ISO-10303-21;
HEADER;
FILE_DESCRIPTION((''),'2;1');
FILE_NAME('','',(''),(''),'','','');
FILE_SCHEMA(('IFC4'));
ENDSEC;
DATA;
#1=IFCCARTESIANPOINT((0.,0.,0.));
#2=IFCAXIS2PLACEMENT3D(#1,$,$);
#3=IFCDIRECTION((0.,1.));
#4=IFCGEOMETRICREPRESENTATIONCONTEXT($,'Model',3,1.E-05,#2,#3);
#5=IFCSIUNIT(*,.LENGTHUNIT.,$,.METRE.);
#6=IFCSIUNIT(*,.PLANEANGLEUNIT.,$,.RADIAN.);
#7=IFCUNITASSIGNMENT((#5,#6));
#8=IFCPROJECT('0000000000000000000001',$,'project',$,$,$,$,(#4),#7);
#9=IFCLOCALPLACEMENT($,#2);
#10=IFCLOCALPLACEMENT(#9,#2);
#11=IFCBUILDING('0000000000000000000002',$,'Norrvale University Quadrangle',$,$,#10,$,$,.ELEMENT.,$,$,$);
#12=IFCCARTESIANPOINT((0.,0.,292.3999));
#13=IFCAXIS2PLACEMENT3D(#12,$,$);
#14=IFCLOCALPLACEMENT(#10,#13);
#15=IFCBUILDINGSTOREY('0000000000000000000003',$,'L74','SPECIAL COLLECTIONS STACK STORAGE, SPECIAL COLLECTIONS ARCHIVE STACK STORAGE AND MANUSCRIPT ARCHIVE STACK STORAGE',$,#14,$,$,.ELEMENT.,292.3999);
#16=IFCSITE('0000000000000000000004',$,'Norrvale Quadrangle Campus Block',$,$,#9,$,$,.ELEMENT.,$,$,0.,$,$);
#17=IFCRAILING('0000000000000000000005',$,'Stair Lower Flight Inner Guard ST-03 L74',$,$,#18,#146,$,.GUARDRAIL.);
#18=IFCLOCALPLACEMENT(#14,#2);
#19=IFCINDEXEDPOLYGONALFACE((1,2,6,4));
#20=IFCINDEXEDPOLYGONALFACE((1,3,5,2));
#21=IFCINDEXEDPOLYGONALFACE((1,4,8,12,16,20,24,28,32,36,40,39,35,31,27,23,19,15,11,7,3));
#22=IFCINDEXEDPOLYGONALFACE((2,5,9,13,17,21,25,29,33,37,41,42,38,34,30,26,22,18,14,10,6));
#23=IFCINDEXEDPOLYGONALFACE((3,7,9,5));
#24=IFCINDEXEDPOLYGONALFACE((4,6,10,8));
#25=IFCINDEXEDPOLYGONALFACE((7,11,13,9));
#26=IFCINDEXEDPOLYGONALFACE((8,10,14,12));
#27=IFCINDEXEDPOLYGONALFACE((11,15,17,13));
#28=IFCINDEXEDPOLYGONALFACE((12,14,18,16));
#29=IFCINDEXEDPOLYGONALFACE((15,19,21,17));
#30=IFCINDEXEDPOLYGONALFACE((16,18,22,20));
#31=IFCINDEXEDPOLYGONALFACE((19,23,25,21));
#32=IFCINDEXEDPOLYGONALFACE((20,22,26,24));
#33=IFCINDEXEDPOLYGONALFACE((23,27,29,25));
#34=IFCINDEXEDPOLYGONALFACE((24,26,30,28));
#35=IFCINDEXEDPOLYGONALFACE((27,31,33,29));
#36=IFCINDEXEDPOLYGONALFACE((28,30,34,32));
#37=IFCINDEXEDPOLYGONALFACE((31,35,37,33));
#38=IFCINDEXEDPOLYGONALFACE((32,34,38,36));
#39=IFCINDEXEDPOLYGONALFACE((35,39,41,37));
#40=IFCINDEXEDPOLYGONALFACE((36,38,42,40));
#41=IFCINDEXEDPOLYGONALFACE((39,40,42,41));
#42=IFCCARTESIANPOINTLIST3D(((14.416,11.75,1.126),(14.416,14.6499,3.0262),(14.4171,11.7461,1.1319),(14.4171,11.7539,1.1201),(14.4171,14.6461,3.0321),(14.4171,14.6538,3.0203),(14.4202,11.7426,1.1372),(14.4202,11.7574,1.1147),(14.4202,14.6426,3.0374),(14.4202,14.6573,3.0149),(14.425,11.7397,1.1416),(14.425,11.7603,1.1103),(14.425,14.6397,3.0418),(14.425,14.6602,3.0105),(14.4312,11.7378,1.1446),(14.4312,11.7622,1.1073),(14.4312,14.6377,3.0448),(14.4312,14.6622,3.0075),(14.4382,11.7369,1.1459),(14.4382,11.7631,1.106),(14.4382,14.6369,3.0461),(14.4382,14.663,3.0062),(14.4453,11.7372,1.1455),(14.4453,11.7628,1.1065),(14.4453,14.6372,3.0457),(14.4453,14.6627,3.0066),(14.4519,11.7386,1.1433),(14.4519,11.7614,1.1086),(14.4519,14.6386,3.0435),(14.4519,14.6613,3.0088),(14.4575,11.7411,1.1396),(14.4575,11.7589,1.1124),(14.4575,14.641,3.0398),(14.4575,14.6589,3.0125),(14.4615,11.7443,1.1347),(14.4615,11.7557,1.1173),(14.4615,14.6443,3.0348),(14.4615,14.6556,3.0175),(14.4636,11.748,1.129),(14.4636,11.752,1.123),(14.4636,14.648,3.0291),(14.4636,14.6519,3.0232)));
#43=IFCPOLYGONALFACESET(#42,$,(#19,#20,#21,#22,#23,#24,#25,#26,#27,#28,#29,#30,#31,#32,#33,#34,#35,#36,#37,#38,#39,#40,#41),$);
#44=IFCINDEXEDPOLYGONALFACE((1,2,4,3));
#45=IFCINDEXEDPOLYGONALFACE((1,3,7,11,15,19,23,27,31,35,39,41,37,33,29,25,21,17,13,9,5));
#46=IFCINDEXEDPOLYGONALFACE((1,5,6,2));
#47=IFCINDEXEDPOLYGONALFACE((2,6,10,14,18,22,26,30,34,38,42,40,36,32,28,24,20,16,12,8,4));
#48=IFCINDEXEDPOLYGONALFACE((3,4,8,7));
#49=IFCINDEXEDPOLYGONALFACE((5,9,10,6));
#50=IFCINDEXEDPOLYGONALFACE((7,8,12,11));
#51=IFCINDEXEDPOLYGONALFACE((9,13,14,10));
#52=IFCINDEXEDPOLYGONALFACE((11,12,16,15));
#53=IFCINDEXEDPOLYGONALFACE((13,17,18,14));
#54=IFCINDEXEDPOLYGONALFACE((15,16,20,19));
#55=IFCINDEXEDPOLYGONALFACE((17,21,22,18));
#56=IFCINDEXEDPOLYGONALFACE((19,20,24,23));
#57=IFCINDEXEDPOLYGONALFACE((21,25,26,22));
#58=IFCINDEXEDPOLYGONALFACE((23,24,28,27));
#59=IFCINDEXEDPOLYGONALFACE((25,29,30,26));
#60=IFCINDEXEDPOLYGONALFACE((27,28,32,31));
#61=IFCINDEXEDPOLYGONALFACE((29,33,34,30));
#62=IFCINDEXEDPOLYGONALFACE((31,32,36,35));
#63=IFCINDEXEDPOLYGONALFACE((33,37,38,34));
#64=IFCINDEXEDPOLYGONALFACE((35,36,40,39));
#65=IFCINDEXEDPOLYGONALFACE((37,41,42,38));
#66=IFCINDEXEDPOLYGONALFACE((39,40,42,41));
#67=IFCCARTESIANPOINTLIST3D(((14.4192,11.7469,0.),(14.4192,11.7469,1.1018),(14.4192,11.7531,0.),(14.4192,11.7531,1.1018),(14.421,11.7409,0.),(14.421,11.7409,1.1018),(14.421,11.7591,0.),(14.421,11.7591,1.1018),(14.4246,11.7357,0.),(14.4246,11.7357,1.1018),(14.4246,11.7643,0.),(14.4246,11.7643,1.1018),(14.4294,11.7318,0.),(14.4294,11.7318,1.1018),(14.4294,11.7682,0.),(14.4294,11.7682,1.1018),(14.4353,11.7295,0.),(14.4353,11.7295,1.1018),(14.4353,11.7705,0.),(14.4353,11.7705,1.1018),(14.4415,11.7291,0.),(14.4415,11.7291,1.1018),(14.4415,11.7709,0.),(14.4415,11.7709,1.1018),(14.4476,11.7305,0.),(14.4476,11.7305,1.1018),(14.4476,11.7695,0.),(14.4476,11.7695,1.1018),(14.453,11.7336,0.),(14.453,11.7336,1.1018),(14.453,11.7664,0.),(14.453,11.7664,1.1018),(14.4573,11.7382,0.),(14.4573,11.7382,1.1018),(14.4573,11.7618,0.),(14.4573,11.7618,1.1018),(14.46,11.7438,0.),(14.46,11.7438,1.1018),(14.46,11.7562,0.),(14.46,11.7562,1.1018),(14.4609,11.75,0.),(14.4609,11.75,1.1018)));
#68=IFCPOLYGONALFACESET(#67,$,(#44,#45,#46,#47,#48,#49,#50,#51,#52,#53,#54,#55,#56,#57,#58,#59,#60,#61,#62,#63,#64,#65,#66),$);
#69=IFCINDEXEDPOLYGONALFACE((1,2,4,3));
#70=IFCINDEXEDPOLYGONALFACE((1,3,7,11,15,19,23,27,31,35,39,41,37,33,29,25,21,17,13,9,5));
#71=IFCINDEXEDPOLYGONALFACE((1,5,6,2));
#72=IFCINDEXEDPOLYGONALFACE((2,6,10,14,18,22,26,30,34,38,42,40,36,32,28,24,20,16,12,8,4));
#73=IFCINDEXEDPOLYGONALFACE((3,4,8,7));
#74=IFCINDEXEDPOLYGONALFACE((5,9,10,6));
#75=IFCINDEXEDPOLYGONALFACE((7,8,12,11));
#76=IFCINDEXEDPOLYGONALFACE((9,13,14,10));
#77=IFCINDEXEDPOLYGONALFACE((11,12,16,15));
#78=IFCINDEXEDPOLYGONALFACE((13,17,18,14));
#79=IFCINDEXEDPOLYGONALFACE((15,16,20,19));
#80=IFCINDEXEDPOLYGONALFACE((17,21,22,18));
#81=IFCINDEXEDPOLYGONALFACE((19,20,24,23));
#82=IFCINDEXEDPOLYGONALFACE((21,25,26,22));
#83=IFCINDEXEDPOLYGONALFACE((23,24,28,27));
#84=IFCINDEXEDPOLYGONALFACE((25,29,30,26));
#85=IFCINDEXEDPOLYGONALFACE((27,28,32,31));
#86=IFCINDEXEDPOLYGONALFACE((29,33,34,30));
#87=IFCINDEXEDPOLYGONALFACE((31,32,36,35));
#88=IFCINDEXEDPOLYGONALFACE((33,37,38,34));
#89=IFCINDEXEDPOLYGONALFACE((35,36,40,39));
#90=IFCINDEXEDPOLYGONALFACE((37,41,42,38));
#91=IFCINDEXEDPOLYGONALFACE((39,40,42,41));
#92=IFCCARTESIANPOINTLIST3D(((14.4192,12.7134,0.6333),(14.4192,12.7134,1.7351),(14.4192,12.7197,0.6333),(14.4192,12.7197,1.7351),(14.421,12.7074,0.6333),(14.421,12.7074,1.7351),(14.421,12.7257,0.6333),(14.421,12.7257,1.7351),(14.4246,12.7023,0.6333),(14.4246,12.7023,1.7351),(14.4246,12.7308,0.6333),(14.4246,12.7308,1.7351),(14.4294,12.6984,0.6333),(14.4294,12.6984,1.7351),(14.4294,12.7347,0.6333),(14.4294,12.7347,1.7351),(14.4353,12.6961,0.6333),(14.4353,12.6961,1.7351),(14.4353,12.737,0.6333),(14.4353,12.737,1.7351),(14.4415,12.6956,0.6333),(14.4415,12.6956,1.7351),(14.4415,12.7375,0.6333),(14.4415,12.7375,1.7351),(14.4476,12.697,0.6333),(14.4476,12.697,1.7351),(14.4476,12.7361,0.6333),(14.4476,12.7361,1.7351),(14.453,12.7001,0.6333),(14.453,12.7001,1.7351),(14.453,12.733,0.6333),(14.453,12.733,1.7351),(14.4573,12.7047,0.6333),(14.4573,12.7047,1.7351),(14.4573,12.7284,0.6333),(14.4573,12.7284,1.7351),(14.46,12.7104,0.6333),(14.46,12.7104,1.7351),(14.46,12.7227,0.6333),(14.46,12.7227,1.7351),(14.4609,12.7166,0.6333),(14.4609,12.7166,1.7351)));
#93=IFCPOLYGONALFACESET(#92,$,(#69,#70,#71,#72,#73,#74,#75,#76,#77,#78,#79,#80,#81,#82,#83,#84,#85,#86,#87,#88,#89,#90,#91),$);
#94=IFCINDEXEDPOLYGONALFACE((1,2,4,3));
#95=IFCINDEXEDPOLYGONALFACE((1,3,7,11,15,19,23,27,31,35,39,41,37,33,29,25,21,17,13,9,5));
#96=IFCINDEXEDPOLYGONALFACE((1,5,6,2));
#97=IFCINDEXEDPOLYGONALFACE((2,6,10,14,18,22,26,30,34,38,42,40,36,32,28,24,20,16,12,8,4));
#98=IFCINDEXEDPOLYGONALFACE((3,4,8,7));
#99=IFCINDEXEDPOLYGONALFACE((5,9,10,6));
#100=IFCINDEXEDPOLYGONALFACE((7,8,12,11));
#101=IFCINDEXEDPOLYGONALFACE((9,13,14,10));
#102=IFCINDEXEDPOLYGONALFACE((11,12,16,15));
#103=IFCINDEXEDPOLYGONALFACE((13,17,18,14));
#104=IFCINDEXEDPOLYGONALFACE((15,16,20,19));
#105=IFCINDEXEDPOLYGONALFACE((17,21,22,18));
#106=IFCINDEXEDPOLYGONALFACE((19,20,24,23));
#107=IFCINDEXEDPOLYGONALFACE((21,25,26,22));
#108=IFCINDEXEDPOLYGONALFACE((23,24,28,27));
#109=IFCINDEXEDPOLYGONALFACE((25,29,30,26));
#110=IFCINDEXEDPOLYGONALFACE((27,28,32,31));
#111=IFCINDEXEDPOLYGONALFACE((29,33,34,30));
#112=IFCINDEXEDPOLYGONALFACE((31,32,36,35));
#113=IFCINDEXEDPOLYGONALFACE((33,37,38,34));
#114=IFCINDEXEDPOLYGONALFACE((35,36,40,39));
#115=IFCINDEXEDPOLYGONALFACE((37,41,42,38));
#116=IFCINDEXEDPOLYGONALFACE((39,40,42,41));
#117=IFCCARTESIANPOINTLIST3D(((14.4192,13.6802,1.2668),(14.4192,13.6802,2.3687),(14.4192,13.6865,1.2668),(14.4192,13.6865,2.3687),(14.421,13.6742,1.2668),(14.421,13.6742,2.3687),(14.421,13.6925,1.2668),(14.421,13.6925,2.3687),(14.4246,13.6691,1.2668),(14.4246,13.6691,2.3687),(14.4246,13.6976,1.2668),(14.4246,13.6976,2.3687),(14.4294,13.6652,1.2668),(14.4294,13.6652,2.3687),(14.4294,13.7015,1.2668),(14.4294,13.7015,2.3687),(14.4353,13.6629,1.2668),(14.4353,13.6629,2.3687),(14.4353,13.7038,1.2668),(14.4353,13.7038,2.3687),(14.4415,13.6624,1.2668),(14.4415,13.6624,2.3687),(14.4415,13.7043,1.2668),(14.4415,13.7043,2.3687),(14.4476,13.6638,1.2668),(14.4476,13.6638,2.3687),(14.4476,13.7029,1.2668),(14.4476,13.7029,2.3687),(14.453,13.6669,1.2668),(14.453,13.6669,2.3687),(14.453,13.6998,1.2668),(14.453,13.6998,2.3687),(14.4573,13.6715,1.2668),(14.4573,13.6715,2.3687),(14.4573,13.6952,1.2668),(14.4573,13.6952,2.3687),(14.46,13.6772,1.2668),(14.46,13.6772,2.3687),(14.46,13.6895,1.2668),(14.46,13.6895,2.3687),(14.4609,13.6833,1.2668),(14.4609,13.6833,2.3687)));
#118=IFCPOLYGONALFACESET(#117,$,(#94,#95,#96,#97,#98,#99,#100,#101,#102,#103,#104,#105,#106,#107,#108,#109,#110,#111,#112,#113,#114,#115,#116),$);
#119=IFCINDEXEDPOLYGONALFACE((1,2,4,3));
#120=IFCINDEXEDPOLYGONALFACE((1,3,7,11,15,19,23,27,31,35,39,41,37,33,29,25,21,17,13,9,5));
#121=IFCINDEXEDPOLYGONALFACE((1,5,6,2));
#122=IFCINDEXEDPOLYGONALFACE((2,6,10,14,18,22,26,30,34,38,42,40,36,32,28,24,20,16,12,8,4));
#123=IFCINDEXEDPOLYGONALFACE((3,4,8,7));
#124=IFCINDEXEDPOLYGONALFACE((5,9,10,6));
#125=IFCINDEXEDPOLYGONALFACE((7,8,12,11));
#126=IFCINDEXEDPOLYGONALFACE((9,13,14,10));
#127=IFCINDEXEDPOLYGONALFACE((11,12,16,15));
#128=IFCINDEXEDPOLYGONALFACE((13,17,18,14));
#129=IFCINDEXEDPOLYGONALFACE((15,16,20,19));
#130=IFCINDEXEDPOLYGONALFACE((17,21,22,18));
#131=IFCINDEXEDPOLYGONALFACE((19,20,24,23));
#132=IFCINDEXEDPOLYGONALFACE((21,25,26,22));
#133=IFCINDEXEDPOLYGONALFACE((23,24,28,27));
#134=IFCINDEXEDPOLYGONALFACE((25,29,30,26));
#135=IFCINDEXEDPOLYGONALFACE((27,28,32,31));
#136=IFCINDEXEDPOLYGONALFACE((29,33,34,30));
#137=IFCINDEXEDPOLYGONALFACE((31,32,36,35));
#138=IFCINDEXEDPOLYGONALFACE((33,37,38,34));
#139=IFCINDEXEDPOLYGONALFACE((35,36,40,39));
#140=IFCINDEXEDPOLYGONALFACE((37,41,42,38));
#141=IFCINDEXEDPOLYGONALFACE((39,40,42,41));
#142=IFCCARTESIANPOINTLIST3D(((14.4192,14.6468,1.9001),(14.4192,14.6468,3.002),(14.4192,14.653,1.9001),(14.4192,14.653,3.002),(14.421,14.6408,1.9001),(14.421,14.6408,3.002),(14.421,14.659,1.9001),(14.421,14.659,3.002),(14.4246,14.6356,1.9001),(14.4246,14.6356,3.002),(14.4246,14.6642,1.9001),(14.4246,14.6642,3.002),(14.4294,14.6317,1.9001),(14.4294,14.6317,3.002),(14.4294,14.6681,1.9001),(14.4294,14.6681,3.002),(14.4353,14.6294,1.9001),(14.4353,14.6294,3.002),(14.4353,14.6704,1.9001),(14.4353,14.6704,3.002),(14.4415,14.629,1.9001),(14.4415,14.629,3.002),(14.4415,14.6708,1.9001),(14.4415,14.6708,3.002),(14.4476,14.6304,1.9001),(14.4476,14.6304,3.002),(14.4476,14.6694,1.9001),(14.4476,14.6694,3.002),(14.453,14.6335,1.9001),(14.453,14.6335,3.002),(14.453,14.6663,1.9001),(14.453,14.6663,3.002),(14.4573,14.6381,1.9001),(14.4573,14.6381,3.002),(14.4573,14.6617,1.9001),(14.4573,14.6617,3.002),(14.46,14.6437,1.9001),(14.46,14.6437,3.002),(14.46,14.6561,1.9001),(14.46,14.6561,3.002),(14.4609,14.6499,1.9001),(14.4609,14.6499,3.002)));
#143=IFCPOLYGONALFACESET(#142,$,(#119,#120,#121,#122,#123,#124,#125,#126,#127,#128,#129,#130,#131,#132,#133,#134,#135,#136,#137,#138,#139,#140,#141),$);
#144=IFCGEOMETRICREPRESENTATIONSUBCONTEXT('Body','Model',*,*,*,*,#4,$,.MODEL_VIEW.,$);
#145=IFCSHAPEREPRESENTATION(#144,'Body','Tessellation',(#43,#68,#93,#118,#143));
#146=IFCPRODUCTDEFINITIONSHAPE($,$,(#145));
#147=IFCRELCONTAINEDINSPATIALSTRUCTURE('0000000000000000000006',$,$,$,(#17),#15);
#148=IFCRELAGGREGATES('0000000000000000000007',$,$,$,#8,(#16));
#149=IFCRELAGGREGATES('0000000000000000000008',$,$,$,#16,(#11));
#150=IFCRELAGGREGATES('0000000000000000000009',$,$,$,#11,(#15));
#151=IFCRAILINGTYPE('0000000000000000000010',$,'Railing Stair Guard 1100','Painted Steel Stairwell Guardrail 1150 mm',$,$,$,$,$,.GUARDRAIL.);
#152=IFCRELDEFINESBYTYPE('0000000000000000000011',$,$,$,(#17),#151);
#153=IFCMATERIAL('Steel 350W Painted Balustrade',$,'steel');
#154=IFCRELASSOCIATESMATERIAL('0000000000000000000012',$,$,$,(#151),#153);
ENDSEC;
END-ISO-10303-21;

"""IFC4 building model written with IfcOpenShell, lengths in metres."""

from ifc_helpers import new_model, si_unit, direction, frame, origin, origin_2d, place, context, subcontext, project, spatial, circle, extrude, material, type_object, element, save


model = new_model("IFC4")

# Units and contexts
model_context = context("Model", 3, precision=1e-05, world=origin(), true_north=direction((0.0, 1.0)))
body_context = subcontext(model_context, "Body", "Model", "MODEL_VIEW")
ifc_project = project(units=[si_unit("LENGTHUNIT", "METRE"), si_unit("PLANEANGLEUNIT", "RADIAN")], contexts=[model_context])

# Site, building, storey
site_placement = place(None, origin())
site = spatial("IfcSite", under=ifc_project, at=site_placement, Name="Norrvale Quadrangle Campus Block", CompositionType="ELEMENT", RefElevation=0.0)
building_placement = place(site_placement, origin())
building = spatial("IfcBuilding", under=site, at=building_placement, Name="Norrvale University Quadrangle", CompositionType="ELEMENT")
storey_placement = place(building_placement, frame((0.0, 0.0, 292.3999)))
storey = spatial("IfcBuildingStorey", under=building, at=storey_placement, Name="L74", Description="SPECIAL COLLECTIONS STACK STORAGE, SPECIAL COLLECTIONS ARCHIVE STACK STORAGE AND MANUSCRIPT ARCHIVE STACK STORAGE", CompositionType="ELEMENT", Elevation=292.3999)

# Railing
ifc_material_1 = material(Name="Steel 350W Painted Balustrade", Category="steel")
railing_type_1 = type_object("IfcRailingType", Name="Railing Stair Guard 1100", Description="Painted Steel Stairwell Guardrail 1150 mm", PredefinedType="GUARDRAIL", material=ifc_material_1)
railing_1_placement = place(storey_placement, frame((14.4399, 11.75, 0.0)))
element("IfcRailing", 1, at=railing_1_placement, inside=storey, type_object=railing_type_1, Name="Stair Lower Flight Inner Guard ST-03 L74", PredefinedType="GUARDRAIL", context=body_context, shape_type="SweptSolid", body=[
    extrude(circle(Radius=0.0239, at=origin_2d()), frame((0.0, 0.0, 1.126), z_axis=(0.0, 0.836433, 0.548069), x_axis=(-1.0, 0.0, 0.0)), (0.0, 0.0, 1.0), 3.467),
    extrude(circle(Radius=0.021, at=origin_2d()), origin(), (0.0, 0.0, 1.0), 1.1018),
    extrude(circle(Radius=0.021, at=origin_2d()), frame((0.0, 0.9666, 0.6333)), (0.0, 0.0, 1.0), 1.1018),
    extrude(circle(Radius=0.021, at=origin_2d()), frame((0.0, 1.9333, 1.2668)), (0.0, 0.0, 1.0), 1.1018),
    extrude(circle(Radius=0.021, at=origin_2d()), frame((0.0, 2.8999, 1.9001)), (0.0, 0.0, 1.0), 1.1018),
])

save(model, "model.ifc")
